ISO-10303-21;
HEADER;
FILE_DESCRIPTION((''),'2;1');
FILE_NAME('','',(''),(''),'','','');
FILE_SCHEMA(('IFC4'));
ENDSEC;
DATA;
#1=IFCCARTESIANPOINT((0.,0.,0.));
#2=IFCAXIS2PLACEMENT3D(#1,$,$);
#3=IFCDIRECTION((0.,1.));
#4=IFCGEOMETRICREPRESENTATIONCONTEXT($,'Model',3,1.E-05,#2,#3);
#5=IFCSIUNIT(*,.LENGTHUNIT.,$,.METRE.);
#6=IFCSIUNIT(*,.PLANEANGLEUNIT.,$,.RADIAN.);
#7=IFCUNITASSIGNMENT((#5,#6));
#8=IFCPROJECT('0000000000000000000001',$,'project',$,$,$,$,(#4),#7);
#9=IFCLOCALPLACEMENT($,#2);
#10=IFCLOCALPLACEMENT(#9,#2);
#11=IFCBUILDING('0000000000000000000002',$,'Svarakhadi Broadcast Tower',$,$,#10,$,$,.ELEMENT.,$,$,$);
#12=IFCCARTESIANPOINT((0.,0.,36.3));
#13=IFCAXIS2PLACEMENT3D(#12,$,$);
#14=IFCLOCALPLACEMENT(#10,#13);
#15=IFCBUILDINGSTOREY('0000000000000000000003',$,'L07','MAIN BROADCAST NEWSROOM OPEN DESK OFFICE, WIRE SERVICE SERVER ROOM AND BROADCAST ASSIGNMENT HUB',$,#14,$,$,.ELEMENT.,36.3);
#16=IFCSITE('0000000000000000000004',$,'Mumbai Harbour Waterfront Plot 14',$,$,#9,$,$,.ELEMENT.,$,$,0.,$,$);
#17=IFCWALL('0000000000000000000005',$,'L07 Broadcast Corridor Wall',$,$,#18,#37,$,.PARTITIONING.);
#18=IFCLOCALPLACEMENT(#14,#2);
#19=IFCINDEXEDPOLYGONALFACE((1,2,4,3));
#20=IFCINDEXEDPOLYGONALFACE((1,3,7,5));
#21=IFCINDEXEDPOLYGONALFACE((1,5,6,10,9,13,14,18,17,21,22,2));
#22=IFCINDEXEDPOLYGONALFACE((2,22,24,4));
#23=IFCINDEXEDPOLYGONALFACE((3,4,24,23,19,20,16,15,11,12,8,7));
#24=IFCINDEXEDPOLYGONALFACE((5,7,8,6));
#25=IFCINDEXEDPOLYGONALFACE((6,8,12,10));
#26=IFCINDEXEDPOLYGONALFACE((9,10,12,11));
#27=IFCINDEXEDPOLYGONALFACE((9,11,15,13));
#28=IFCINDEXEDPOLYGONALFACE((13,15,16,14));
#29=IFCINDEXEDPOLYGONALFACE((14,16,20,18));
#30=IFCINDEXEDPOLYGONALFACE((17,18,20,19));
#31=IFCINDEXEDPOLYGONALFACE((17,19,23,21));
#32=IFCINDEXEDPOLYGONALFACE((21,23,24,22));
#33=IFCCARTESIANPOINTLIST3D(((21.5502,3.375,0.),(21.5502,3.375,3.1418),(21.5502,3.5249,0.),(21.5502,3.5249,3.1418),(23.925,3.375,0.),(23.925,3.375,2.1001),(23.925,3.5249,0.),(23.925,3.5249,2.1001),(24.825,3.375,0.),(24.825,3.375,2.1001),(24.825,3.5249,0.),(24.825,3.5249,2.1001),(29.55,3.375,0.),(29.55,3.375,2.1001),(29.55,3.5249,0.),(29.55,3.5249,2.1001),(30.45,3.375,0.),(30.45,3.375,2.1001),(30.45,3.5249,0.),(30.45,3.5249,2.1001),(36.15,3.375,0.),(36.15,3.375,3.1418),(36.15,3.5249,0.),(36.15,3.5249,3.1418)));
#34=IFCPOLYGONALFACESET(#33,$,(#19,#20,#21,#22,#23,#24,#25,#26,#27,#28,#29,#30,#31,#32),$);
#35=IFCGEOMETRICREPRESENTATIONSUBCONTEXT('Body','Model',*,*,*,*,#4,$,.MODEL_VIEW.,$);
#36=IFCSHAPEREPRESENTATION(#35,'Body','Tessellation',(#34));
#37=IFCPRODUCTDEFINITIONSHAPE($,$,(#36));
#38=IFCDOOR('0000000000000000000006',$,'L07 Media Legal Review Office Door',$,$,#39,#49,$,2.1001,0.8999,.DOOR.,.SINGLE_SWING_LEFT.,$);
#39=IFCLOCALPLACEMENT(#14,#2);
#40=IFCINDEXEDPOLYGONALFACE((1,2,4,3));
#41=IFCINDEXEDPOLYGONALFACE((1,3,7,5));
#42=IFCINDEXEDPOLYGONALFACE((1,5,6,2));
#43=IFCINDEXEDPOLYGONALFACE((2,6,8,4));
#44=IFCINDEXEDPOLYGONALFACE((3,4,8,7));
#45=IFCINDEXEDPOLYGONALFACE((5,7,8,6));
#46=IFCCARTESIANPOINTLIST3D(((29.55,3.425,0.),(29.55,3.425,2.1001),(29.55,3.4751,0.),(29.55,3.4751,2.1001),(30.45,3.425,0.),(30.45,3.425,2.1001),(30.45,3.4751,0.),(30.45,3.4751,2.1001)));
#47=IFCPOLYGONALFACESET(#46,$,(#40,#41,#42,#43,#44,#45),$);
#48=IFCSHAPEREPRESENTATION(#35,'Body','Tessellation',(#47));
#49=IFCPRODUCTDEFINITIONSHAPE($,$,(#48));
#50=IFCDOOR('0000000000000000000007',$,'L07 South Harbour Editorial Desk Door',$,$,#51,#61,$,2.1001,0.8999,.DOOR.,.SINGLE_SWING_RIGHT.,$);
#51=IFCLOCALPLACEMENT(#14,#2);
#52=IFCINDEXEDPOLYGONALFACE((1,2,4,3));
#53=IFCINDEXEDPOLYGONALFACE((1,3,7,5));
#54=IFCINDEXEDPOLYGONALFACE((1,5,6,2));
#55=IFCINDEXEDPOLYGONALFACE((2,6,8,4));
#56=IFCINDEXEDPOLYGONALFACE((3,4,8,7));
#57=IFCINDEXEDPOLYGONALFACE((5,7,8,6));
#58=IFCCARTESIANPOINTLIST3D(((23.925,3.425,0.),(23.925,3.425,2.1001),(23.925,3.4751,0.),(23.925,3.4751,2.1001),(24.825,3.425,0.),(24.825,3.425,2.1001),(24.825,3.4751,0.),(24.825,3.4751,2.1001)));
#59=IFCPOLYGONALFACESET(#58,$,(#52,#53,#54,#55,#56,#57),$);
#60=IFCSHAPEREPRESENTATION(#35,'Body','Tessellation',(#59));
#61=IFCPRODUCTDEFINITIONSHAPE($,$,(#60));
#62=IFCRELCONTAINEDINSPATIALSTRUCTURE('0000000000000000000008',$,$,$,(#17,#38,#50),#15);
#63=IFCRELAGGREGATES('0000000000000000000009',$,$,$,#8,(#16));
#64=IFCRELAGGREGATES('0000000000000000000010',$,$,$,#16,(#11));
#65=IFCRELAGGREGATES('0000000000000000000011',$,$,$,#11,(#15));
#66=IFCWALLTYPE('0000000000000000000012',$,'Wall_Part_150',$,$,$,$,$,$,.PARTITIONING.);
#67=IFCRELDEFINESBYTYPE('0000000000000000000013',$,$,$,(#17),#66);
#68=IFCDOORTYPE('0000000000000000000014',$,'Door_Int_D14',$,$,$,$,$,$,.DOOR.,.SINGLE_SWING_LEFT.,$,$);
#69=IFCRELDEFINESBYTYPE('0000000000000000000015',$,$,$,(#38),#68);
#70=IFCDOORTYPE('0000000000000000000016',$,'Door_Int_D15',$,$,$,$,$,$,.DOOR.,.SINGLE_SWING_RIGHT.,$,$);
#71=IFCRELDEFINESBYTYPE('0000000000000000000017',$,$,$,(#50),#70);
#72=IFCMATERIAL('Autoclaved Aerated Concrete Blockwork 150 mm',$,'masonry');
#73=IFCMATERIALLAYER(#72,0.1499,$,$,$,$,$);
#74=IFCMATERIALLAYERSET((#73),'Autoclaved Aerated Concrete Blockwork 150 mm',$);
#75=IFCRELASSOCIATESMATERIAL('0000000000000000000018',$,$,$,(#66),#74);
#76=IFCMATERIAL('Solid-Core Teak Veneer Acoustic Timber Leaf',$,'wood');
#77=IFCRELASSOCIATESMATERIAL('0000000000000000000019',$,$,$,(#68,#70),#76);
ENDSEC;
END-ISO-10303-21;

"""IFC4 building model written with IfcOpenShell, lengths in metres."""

from ifc_helpers import new_model, si_unit, direction, frame, frame_2d, origin, place, context, subcontext, project, spatial, rectangle, extrude, material, layer, layer_set, type_object, element, fill, save


model = new_model("IFC4")

# Units and contexts
model_context = context("Model", 3, precision=1e-05, world=origin(), true_north=direction((0.0, 1.0)))
body_context = subcontext(model_context, "Body", "Model", "MODEL_VIEW")
ifc_project = project(units=[si_unit("LENGTHUNIT", "METRE"), si_unit("PLANEANGLEUNIT", "RADIAN")], contexts=[model_context])

# Site, building, storey
site_placement = place(None, origin())
site = spatial("IfcSite", under=ifc_project, at=site_placement, Name="Mumbai Harbour Waterfront Plot 14", CompositionType="ELEMENT", RefElevation=0.0)
building_placement = place(site_placement, origin())
building = spatial("IfcBuilding", under=site, at=building_placement, Name="Svarakhadi Broadcast Tower", CompositionType="ELEMENT")
storey_placement = place(building_placement, frame((0.0, 0.0, 36.3)))
storey = spatial("IfcBuildingStorey", under=building, at=storey_placement, Name="L07", Description="MAIN BROADCAST NEWSROOM OPEN DESK OFFICE, WIRE SERVICE SERVER ROOM AND BROADCAST ASSIGNMENT HUB", CompositionType="ELEMENT", Elevation=36.3)

# Shared definitions
ifc_material_1 = material(Name="Autoclaved Aerated Concrete Blockwork 150 mm", Category="masonry")
ifc_layer_1 = layer(ifc_material_1, 0.1499)
ifc_layer_set_1 = layer_set([ifc_layer_1], Name="Autoclaved Aerated Concrete Blockwork 150 mm")
wall_type_1 = type_object("IfcWallType", Name="Wall_Part_150", PredefinedType="PARTITIONING", material=ifc_layer_set_1)
ifc_material_2 = material(Name="Solid-Core Teak Veneer Acoustic Timber Leaf", Category="wood")
door_type_1 = type_object("IfcDoorType", Name="Door_Int_D14", OperationType="SINGLE_SWING_LEFT", PredefinedType="DOOR", material=ifc_material_2)

# Wall, openings, doors
wall_1_placement = place(storey_placement, frame((36.1499, 3.45, 0.0), z_axis=(0.0, 0.0, 1.0), x_axis=(-1.0, 0.0, 0.0)))
wall_1 = element("IfcWall", 1, at=wall_1_placement, inside=storey, type_object=wall_type_1, Name="L07 Broadcast Corridor Wall", PredefinedType="PARTITIONING", context=body_context, shape_type="SweptSolid", body=[
    extrude(rectangle(XDim=14.5999, YDim=0.1499, at=frame_2d((7.2998, 0.0))), origin(), (0.0, 0.0, 1.0), 3.1418),
])
opening_1_placement = place(wall_1_placement, frame((11.325, 0.0, 0.0)))
opening_1 = element("IfcOpeningElement", 2, at=opening_1_placement, cuts=wall_1, PredefinedType="OPENING", context=body_context, shape_type="SweptSolid", body=[
    extrude(rectangle(XDim=0.8999, YDim=2.1001, at=frame_2d((0.45, 1.05))), frame((0.0, 0.085, 0.0), z_axis=(0.0, -1.0, 0.0), x_axis=(1.0, 0.0, 0.0)), (0.0, 0.0, 1.0), 0.1699),
])
opening_2_placement = place(wall_1_placement, frame((5.7, 0.0, 0.0)))
opening_2 = element("IfcOpeningElement", 3, at=opening_2_placement, cuts=wall_1, PredefinedType="OPENING", context=body_context, shape_type="SweptSolid", body=[
    extrude(rectangle(XDim=0.8999, YDim=2.1001, at=frame_2d((0.45, 1.05))), frame((0.0, 0.085, 0.0), z_axis=(0.0, -1.0, 0.0), x_axis=(1.0, 0.0, 0.0)), (0.0, 0.0, 1.0), 0.1699),
])
door_1_placement = place(opening_2_placement, origin())
door_1 = element("IfcDoor", 4, at=door_1_placement, inside=storey, type_object=door_type_1, Name="L07 Media Legal Review Office Door", OperationType="SINGLE_SWING_LEFT", OverallHeight=2.1001, OverallWidth=0.8999, PredefinedType="DOOR", context=body_context, shape_type="SweptSolid", body=[
    extrude(rectangle(XDim=0.8999, YDim=2.1001, at=frame_2d((0.45, 1.05))), frame((0.0, 0.0249, 0.0), z_axis=(0.0, -1.0, 0.0), x_axis=(1.0, 0.0, 0.0)), (0.0, 0.0, 1.0), 0.05),
])
fill(opening_2, door_1)
door_type_2 = type_object("IfcDoorType", Name="Door_Int_D15", OperationType="SINGLE_SWING_RIGHT", PredefinedType="DOOR", material=ifc_material_2)
door_2_placement = place(opening_1_placement, origin())
door_2 = element("IfcDoor", 5, at=door_2_placement, inside=storey, type_object=door_type_2, Name="L07 South Harbour Editorial Desk Door", OperationType="SINGLE_SWING_RIGHT", OverallHeight=2.1001, OverallWidth=0.8999, PredefinedType="DOOR", context=body_context, shape_type="SweptSolid", body=[
    extrude(rectangle(XDim=0.8999, YDim=2.1001, at=frame_2d((0.45, 1.05))), frame((0.0, 0.0249, 0.0), z_axis=(0.0, -1.0, 0.0), x_axis=(1.0, 0.0, 0.0)), (0.0, 0.0, 1.0), 0.05),
])
fill(opening_1, door_2)

save(model, "model.ifc")
